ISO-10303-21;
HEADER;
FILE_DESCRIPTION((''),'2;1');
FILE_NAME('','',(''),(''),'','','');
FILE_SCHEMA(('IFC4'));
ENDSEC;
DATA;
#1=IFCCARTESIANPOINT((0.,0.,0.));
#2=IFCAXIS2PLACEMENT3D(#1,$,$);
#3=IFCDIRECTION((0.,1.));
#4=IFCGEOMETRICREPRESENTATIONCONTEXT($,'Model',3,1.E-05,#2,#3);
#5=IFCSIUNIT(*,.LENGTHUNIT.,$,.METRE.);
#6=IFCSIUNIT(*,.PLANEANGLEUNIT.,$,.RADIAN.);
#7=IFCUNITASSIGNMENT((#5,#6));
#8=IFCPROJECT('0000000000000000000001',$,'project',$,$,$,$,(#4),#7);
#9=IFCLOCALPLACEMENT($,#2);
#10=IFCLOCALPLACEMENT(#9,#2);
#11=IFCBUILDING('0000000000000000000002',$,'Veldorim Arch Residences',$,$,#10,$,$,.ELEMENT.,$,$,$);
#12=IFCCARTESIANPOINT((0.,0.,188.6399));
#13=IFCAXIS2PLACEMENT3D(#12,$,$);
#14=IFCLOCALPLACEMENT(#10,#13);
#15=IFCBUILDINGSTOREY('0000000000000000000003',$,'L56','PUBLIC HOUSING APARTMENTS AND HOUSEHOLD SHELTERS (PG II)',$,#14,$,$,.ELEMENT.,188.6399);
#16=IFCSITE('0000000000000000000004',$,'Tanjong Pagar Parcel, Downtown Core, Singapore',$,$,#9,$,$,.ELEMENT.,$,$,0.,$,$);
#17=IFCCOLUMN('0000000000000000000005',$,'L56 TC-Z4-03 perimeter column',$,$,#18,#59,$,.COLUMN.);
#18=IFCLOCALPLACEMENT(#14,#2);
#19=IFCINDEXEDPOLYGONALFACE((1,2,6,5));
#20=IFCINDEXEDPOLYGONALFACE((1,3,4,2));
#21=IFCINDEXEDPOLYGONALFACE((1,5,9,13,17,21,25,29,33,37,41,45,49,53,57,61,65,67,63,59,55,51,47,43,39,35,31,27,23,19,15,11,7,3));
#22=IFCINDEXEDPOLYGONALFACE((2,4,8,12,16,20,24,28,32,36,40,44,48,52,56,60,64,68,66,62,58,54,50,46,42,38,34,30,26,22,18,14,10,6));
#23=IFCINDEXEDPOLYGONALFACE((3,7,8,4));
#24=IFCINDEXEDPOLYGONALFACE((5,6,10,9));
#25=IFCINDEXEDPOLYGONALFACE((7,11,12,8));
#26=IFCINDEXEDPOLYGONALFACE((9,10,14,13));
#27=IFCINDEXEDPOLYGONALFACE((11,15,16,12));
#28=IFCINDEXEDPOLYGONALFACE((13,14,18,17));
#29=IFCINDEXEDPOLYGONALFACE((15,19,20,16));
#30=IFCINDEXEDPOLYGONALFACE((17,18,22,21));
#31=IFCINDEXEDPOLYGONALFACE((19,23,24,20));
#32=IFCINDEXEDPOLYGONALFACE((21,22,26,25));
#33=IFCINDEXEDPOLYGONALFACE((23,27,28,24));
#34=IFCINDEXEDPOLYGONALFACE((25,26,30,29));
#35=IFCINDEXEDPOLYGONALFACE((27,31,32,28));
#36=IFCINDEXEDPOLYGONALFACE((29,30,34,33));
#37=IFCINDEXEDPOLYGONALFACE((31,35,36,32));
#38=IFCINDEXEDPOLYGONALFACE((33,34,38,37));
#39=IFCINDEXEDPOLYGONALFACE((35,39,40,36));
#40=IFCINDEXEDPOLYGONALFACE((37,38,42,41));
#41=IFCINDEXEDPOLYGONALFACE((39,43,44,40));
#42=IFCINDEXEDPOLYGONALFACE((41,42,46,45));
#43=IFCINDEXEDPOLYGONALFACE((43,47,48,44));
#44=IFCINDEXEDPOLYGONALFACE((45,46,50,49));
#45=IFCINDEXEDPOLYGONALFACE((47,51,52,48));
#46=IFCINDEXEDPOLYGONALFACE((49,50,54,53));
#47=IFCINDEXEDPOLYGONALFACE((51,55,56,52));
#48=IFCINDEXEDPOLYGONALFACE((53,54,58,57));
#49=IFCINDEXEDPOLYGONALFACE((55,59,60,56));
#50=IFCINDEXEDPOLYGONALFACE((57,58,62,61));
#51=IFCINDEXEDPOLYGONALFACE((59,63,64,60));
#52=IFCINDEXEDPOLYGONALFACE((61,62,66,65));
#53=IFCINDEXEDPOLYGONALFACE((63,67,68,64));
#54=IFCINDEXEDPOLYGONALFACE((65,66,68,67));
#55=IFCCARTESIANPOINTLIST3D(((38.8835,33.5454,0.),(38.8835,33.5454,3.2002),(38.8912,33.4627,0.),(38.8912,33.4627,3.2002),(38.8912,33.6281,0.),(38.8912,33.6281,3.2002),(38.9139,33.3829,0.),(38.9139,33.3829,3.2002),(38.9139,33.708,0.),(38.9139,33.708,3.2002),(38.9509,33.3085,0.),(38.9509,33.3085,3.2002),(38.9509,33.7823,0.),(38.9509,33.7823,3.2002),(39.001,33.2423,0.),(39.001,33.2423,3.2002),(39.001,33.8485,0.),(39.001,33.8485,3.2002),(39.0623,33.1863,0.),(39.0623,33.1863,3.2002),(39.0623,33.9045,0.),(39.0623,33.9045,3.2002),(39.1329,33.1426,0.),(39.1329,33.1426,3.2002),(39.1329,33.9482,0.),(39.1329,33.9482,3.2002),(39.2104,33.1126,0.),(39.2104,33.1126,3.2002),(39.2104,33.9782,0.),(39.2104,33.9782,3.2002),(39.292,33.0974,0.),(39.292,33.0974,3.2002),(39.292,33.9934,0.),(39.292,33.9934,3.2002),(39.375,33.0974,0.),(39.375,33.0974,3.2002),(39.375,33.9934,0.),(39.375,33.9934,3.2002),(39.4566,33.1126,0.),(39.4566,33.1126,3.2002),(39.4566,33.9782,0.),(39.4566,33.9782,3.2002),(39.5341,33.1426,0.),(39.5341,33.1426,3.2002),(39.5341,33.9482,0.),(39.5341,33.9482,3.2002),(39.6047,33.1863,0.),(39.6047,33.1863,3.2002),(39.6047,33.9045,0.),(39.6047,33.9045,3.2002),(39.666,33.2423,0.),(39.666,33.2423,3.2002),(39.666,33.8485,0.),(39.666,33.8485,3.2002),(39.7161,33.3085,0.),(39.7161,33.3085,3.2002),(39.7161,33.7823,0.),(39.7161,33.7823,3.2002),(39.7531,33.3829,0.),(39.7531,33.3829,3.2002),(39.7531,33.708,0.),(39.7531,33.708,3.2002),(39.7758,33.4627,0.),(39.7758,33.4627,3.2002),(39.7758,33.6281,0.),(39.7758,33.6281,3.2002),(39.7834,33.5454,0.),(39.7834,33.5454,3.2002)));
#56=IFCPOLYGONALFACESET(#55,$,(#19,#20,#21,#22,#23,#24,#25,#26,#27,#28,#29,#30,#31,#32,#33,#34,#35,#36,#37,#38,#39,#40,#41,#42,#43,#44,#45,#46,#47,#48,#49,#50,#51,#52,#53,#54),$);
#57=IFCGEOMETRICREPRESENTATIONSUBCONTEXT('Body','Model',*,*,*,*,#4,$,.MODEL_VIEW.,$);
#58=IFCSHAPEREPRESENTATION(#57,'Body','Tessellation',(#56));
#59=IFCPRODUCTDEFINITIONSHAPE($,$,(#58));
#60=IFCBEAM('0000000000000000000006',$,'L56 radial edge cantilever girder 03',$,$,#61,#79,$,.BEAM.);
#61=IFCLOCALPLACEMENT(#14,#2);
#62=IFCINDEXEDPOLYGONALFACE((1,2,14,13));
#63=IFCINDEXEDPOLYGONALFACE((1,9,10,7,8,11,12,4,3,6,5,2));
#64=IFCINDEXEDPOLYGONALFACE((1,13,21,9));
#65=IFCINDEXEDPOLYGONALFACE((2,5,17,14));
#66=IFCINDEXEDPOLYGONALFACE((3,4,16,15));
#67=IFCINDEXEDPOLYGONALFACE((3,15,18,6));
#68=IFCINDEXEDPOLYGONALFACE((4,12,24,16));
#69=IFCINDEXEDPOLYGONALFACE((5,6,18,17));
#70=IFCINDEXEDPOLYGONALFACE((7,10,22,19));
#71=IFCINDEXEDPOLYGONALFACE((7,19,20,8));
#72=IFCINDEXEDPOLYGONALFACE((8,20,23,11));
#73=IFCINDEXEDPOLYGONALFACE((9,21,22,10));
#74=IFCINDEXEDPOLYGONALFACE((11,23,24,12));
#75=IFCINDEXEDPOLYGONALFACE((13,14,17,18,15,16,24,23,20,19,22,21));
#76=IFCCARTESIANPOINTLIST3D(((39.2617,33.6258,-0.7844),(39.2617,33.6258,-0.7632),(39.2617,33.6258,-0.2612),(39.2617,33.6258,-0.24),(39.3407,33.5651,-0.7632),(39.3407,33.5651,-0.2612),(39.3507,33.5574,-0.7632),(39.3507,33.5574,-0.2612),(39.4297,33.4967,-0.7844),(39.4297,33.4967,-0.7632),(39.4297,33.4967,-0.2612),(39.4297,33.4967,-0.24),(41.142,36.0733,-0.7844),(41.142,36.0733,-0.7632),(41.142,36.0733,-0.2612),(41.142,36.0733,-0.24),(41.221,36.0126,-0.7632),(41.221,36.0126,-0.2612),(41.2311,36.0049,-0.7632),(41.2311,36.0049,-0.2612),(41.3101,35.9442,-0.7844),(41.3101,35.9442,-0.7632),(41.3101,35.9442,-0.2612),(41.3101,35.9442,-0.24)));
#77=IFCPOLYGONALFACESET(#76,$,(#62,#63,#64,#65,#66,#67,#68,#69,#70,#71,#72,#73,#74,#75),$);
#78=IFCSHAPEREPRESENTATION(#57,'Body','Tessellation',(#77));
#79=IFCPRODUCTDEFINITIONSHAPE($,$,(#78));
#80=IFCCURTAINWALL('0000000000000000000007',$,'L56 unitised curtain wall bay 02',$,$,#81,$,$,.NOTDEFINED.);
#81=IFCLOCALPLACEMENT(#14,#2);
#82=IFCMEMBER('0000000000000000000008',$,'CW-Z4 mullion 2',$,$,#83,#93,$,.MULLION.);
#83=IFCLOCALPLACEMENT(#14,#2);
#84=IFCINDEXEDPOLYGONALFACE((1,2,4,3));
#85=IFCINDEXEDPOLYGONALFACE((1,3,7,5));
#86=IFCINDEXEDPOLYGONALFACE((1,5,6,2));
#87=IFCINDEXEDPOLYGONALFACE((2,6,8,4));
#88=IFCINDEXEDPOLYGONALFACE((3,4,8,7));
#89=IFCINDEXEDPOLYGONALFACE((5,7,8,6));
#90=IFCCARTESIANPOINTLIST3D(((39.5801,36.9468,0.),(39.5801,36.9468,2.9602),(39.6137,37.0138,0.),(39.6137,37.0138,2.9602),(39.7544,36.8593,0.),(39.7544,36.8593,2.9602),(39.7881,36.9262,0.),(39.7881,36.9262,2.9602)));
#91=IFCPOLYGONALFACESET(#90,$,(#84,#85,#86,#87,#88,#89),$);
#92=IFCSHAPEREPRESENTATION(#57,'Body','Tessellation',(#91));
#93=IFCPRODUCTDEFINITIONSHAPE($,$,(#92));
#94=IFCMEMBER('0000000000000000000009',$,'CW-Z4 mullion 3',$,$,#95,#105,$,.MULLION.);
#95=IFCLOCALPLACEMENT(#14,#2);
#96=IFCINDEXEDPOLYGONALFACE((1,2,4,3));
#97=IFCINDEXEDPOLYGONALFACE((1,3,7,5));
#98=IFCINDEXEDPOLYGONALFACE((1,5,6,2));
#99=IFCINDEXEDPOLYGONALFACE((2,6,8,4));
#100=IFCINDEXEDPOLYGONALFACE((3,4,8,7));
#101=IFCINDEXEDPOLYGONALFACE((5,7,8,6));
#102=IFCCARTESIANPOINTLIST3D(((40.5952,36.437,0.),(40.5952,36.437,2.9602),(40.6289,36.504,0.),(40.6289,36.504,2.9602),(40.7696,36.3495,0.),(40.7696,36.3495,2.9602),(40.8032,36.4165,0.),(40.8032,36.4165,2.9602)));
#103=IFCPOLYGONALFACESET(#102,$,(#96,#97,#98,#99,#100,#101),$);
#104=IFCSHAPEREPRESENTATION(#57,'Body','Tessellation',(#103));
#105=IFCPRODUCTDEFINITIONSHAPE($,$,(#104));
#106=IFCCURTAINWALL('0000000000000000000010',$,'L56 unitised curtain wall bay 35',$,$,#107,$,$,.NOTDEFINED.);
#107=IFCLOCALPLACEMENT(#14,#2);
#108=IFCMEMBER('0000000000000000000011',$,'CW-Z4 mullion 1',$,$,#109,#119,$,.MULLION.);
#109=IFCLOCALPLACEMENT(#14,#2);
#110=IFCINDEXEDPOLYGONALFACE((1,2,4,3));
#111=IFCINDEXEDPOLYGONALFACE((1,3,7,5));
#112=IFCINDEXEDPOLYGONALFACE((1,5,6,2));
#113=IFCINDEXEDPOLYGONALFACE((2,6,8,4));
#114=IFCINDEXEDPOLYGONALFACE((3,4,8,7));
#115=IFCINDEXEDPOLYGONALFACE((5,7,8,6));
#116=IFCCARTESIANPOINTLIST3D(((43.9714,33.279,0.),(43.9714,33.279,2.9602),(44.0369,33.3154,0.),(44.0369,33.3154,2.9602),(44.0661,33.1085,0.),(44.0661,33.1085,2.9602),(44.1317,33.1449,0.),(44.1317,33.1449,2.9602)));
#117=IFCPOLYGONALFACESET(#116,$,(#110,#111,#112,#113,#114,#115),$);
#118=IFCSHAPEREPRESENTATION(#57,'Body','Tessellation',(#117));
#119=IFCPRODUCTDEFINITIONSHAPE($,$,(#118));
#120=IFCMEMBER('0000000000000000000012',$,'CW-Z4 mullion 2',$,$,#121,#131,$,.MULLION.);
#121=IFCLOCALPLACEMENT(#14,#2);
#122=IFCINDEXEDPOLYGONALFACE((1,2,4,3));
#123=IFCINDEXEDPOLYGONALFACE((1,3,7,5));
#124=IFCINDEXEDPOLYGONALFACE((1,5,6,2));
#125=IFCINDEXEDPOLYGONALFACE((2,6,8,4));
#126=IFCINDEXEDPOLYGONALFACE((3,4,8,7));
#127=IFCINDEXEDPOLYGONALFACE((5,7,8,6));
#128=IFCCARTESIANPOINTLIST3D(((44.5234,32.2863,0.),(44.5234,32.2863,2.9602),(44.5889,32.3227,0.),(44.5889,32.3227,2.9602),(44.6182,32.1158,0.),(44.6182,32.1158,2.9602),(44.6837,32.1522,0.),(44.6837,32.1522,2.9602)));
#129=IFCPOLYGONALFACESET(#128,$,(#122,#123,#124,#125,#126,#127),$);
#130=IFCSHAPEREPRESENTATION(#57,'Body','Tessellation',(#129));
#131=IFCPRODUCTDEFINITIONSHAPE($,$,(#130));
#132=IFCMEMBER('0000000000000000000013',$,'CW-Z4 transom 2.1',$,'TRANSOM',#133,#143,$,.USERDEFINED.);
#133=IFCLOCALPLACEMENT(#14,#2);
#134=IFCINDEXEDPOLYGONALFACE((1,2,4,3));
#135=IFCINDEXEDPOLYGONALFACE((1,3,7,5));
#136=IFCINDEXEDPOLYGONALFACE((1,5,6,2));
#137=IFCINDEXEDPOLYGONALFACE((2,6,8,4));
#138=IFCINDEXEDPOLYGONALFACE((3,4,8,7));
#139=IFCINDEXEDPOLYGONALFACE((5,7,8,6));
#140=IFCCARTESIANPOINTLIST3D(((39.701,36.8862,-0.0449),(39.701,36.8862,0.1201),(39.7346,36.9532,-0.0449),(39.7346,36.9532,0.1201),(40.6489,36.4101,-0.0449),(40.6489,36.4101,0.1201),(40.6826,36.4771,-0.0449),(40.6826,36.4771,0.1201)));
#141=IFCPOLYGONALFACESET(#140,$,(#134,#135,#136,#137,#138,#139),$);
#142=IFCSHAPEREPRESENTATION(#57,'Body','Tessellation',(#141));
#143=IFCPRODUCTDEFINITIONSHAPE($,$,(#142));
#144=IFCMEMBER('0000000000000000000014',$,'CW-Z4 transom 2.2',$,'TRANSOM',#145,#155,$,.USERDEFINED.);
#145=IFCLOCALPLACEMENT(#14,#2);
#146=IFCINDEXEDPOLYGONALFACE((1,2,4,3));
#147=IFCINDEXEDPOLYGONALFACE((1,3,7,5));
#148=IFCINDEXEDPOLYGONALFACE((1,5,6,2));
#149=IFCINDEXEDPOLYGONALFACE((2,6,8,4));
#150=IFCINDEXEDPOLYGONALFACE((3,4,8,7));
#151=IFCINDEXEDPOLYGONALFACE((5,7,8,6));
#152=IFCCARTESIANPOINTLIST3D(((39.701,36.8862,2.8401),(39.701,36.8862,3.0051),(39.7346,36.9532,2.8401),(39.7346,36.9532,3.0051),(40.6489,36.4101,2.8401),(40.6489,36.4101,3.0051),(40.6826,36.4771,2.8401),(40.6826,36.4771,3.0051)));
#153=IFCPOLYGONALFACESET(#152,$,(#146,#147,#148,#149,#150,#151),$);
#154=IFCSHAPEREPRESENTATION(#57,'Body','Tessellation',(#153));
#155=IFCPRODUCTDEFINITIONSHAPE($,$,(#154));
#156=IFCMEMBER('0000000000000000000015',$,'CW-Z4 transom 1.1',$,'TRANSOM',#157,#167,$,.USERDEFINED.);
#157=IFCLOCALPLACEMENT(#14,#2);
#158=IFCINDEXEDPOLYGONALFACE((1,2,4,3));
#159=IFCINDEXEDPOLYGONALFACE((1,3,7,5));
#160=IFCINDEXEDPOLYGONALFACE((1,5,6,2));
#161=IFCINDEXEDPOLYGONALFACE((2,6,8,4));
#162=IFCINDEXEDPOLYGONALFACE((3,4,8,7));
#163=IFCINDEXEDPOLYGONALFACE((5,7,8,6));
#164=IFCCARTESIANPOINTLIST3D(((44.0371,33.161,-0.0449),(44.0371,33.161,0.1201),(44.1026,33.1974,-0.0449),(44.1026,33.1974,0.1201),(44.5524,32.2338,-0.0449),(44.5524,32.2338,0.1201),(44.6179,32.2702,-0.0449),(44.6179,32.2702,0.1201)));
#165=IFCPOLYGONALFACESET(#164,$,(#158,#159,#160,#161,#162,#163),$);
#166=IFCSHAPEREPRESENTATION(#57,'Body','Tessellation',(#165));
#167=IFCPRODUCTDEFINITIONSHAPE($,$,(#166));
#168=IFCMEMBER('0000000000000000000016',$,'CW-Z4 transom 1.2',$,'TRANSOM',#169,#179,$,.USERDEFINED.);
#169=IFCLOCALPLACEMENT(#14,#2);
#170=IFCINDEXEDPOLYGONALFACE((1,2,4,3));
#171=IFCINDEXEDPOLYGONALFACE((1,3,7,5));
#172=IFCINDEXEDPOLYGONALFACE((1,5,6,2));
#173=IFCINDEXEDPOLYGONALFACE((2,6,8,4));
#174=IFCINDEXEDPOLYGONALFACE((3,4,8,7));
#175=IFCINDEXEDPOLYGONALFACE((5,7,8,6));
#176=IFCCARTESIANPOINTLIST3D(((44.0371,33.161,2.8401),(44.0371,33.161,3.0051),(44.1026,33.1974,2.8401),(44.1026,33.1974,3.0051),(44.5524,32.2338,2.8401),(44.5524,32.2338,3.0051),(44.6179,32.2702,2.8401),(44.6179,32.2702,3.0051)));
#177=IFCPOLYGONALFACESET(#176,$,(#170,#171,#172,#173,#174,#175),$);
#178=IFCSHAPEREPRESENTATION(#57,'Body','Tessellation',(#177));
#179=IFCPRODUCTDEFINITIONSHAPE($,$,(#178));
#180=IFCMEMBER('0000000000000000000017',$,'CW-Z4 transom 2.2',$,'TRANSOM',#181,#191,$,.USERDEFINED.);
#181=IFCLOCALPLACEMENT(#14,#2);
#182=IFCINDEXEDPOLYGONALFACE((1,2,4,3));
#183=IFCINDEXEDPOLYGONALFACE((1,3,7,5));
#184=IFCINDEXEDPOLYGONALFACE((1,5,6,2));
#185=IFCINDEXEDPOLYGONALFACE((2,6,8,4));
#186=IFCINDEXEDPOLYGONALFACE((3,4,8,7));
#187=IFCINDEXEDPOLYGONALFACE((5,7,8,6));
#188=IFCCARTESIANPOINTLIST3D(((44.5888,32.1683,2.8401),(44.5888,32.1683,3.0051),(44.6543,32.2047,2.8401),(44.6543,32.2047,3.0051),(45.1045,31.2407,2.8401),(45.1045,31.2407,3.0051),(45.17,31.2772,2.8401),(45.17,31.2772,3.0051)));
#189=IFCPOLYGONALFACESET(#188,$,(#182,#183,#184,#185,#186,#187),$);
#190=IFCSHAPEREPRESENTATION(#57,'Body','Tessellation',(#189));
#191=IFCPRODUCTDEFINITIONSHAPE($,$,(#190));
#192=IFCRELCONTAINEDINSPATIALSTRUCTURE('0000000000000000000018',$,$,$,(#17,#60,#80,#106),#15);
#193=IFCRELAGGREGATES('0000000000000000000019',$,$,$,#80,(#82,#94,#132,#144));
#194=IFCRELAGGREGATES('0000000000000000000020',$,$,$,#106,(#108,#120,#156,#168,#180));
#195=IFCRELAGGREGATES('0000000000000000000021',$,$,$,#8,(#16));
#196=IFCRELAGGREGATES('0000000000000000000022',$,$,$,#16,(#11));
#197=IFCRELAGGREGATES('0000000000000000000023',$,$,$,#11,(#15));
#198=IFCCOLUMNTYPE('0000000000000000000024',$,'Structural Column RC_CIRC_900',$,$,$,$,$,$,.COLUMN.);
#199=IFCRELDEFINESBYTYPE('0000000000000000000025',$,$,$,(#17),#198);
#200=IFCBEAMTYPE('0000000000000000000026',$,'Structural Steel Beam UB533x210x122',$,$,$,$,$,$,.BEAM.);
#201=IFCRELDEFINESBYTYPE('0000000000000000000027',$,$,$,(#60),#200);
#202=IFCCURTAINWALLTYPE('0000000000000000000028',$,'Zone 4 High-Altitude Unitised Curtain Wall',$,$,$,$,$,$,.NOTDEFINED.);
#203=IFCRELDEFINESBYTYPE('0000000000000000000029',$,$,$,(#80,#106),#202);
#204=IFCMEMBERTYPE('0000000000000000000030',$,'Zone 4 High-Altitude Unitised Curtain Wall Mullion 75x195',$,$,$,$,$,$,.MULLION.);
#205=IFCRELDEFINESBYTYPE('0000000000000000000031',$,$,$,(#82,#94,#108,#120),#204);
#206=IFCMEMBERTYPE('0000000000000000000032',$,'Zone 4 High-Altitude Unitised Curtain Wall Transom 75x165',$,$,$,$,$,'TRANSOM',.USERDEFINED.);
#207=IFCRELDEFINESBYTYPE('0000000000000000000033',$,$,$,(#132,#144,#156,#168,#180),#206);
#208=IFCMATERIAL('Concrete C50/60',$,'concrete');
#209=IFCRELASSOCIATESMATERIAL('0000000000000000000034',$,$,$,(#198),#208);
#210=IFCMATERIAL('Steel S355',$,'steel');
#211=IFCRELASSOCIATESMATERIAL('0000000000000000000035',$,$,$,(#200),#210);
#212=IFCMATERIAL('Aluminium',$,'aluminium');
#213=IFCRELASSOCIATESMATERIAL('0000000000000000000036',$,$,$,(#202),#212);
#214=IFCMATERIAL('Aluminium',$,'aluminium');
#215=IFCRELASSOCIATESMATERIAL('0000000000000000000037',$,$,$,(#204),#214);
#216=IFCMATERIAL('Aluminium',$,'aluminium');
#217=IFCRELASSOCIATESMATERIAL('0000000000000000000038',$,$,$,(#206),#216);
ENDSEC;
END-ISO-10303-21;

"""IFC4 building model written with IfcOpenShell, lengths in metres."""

from ifc_helpers import new_model, si_unit, direction, frame, origin, origin_2d, place, context, subcontext, project, spatial, rectangle, circle, i_section, extrude, material, material_profile, profile_set, type_object, element, aggregate, save


model = new_model("IFC4")

# Units and contexts
model_context = context("Model", 3, precision=1e-05, world=origin(), true_north=direction((0.0, 1.0)))
body_context = subcontext(model_context, "Body", "Model", "MODEL_VIEW")
ifc_project = project(units=[si_unit("LENGTHUNIT", "METRE"), si_unit("PLANEANGLEUNIT", "RADIAN")], contexts=[model_context])

# Site, building, storey
site_placement = place(None, origin())
site = spatial("IfcSite", under=ifc_project, at=site_placement, Name="Tanjong Pagar Parcel, Downtown Core, Singapore", CompositionType="ELEMENT", RefElevation=0.0)
building_placement = place(site_placement, origin())
building = spatial("IfcBuilding", under=site, at=building_placement, Name="Veldorim Arch Residences", CompositionType="ELEMENT")
storey_placement = place(building_placement, frame((0.0, 0.0, 188.6399)))
storey = spatial("IfcBuildingStorey", under=building, at=storey_placement, Name="L56", Description="PUBLIC HOUSING APARTMENTS AND HOUSEHOLD SHELTERS (PG II)", CompositionType="ELEMENT", Elevation=188.6399)

# Column
ifc_material_1 = material(Name="Concrete C50/60", Category="concrete")
ifc_material_profile_1 = material_profile(ifc_material_1, circle(Radius=0.45, at=origin_2d()), Name="RC_CIRC_900")
ifc_profile_set_1 = profile_set([ifc_material_profile_1], Name="Concrete C50/60")
column_type = type_object("IfcColumnType", Name="Structural Column RC_CIRC_900", PredefinedType="COLUMN", material=ifc_profile_set_1)
column_placement = place(storey_placement, frame((39.3335, 33.5454, 0.0), z_axis=(0.0, 0.0, 1.0), x_axis=(1.0, 0.0, 0.0)))
element("IfcColumn", 1, at=column_placement, inside=storey, type_object=column_type, Name="L56 TC-Z4-03 perimeter column", PredefinedType="COLUMN", context=body_context, shape_type="SweptSolid", body=[
    extrude(circle(Radius=0.45, at=origin_2d()), origin(), (0.0, 0.0, 1.0), 3.2002),
])

# Beam
ifc_material_2 = material(Name="Steel S355", Category="steel")
ifc_material_profile_2 = material_profile(ifc_material_2, i_section(OverallWidth=0.2119, OverallDepth=0.5444, WebThickness=0.0127, FlangeThickness=0.0212, at=origin_2d()), Name="UB533x210x122")
ifc_profile_set_2 = profile_set([ifc_material_profile_2], Name="Steel S355")
beam_type = type_object("IfcBeamType", Name="Structural Steel Beam UB533x210x122", PredefinedType="BEAM", material=ifc_profile_set_2)
beam_placement = place(storey_placement, frame((39.3457, 33.5613, -0.5122), z_axis=(0.609237, 0.792988, 0.0), x_axis=(-0.792988, 0.609237, 0.0)))
element("IfcBeam", 2, at=beam_placement, inside=storey, type_object=beam_type, Name="L56 radial edge cantilever girder 03", PredefinedType="BEAM", context=body_context, shape_type="SweptSolid", body=[
    extrude(i_section(OverallWidth=0.2119, OverallDepth=0.5444, WebThickness=0.0127, FlangeThickness=0.0212, at=origin_2d()), origin(), (0.0, 0.0, 1.0), 3.0864),
])

# Curtain walls, members
ifc_material_3 = material(Name="Aluminium", Category="aluminium")
curtain_wall_type = type_object("IfcCurtainWallType", Name="Zone 4 High-Altitude Unitised Curtain Wall", PredefinedType="NOTDEFINED", material=ifc_material_3)
curtain_wall_1_placement = place(storey_placement, origin())
curtain_wall_1 = element("IfcCurtainWall", 3, at=curtain_wall_1_placement, inside=storey, type_object=curtain_wall_type, Name="L56 unitised curtain wall bay 02", PredefinedType="NOTDEFINED")
ifc_material_4 = material(Name="Aluminium", Category="aluminium")
ifc_material_profile_3 = material_profile(ifc_material_4, rectangle(XDim=0.075, YDim=0.1951, at=origin_2d()), Name="ALU_MUL_75x195")
ifc_profile_set_3 = profile_set([ifc_material_profile_3], Name="Aluminium")
member_type_1 = type_object("IfcMemberType", Name="Zone 4 High-Altitude Unitised Curtain Wall Mullion 75x195", PredefinedType="MULLION", material=ifc_profile_set_3)
member_1_placement = place(storey_placement, frame((39.6841, 36.9365, 0.0), z_axis=(0.0, 0.0, 1.0), x_axis=(0.448866, 0.893599, 0.0)))
member_1 = element("IfcMember", 4, at=member_1_placement, type_object=member_type_1, Name="CW-Z4 mullion 2", PredefinedType="MULLION", context=body_context, shape_type="SweptSolid", body=[
    extrude(rectangle(XDim=0.075, YDim=0.1951, at=origin_2d()), origin(), (0.0, 0.0, 1.0), 2.9602),
])
member_2_placement = place(storey_placement, frame((40.6992, 36.4268, 0.0), z_axis=(0.0, 0.0, 1.0), x_axis=(0.448866, 0.893599, 0.0)))
member_2 = element("IfcMember", 5, at=member_2_placement, type_object=member_type_1, Name="CW-Z4 mullion 3", PredefinedType="MULLION", context=body_context, shape_type="SweptSolid", body=[
    extrude(rectangle(XDim=0.075, YDim=0.1951, at=origin_2d()), origin(), (0.0, 0.0, 1.0), 2.9602),
])
curtain_wall_2_placement = place(storey_placement, origin())
curtain_wall_2 = element("IfcCurtainWall", 6, at=curtain_wall_2_placement, inside=storey, type_object=curtain_wall_type, Name="L56 unitised curtain wall bay 35", PredefinedType="NOTDEFINED")
member_3_placement = place(storey_placement, frame((44.0515, 33.2119, 0.0), z_axis=(0.0, 0.0, 1.0), x_axis=(0.874023, 0.485885, 0.0)))
member_3 = element("IfcMember", 7, at=member_3_placement, type_object=member_type_1, Name="CW-Z4 mullion 1", PredefinedType="MULLION", context=body_context, shape_type="SweptSolid", body=[
    extrude(rectangle(XDim=0.075, YDim=0.1951, at=origin_2d()), origin(), (0.0, 0.0, 1.0), 2.9602),
])
member_4_placement = place(storey_placement, frame((44.6035, 32.2192, 0.0), z_axis=(0.0, 0.0, 1.0), x_axis=(0.874023, 0.485885, 0.0)))
member_4 = element("IfcMember", 8, at=member_4_placement, type_object=member_type_1, Name="CW-Z4 mullion 2", PredefinedType="MULLION", context=body_context, shape_type="SweptSolid", body=[
    extrude(rectangle(XDim=0.075, YDim=0.1951, at=origin_2d()), origin(), (0.0, 0.0, 1.0), 2.9602),
])

# Members
ifc_material_5 = material(Name="Aluminium", Category="aluminium")
ifc_material_profile_4 = material_profile(ifc_material_5, rectangle(XDim=0.075, YDim=0.165, at=origin_2d()), Name="ALU_TRN_75x165")
ifc_profile_set_4 = profile_set([ifc_material_profile_4], Name="Aluminium")
member_type_2 = type_object("IfcMemberType", Name="Zone 4 High-Altitude Unitised Curtain Wall Transom 75x165", ElementType="TRANSOM", PredefinedType="USERDEFINED", material=ifc_profile_set_4)
member_5_placement = place(storey_placement, frame((39.7178, 36.9197, 0.0376), z_axis=(0.893643, -0.448778, 0.0), x_axis=(0.448778, 0.893643, 0.0)))
member_5 = element("IfcMember", 9, at=member_5_placement, type_object=member_type_2, Name="CW-Z4 transom 2.1", ObjectType="TRANSOM", PredefinedType="USERDEFINED", context=body_context, shape_type="SweptSolid", body=[
    extrude(rectangle(XDim=0.075, YDim=0.165, at=origin_2d()), origin(), (0.0, 0.0, 1.0), 1.0608),
])
member_6_placement = place(storey_placement, frame((39.7178, 36.9197, 2.9226), z_axis=(0.893643, -0.448778, 0.0), x_axis=(0.448778, 0.893643, 0.0)))
member_6 = element("IfcMember", 10, at=member_6_placement, type_object=member_type_2, Name="CW-Z4 transom 2.2", ObjectType="TRANSOM", PredefinedType="USERDEFINED", context=body_context, shape_type="SweptSolid", body=[
    extrude(rectangle(XDim=0.075, YDim=0.165, at=origin_2d()), origin(), (0.0, 0.0, 1.0), 1.0608),
])
member_7_placement = place(storey_placement, frame((44.0698, 33.1792, 0.0376), z_axis=(0.485819, -0.87406, 0.0), x_axis=(0.87406, 0.485819, 0.0)))
member_7 = element("IfcMember", 11, at=member_7_placement, type_object=member_type_2, Name="CW-Z4 transom 1.1", ObjectType="TRANSOM", PredefinedType="USERDEFINED", context=body_context, shape_type="SweptSolid", body=[
    extrude(rectangle(XDim=0.075, YDim=0.165, at=origin_2d()), origin(), (0.0, 0.0, 1.0), 1.0608),
])
member_8_placement = place(storey_placement, frame((44.0698, 33.1792, 2.9226), z_axis=(0.485819, -0.87406, 0.0), x_axis=(0.87406, 0.485819, 0.0)))
member_8 = element("IfcMember", 12, at=member_8_placement, type_object=member_type_2, Name="CW-Z4 transom 1.2", ObjectType="TRANSOM", PredefinedType="USERDEFINED", context=body_context, shape_type="SweptSolid", body=[
    extrude(rectangle(XDim=0.075, YDim=0.165, at=origin_2d()), origin(), (0.0, 0.0, 1.0), 1.0608),
])
member_9_placement = place(storey_placement, frame((44.6216, 32.1865, 2.9226), z_axis=(0.485897, -0.874016, 0.0), x_axis=(0.874016, 0.485897, 0.0)))
member_9 = element("IfcMember", 13, at=member_9_placement, type_object=member_type_2, Name="CW-Z4 transom 2.2", ObjectType="TRANSOM", PredefinedType="USERDEFINED", context=body_context, shape_type="SweptSolid", body=[
    extrude(rectangle(XDim=0.075, YDim=0.165, at=origin_2d()), origin(), (0.0, 0.0, 1.0), 1.0613),
])

aggregate(curtain_wall_1, [member_1, member_2, member_5, member_6])
aggregate(curtain_wall_2, [member_3, member_4, member_7, member_8, member_9])

save(model, "model.ifc")
